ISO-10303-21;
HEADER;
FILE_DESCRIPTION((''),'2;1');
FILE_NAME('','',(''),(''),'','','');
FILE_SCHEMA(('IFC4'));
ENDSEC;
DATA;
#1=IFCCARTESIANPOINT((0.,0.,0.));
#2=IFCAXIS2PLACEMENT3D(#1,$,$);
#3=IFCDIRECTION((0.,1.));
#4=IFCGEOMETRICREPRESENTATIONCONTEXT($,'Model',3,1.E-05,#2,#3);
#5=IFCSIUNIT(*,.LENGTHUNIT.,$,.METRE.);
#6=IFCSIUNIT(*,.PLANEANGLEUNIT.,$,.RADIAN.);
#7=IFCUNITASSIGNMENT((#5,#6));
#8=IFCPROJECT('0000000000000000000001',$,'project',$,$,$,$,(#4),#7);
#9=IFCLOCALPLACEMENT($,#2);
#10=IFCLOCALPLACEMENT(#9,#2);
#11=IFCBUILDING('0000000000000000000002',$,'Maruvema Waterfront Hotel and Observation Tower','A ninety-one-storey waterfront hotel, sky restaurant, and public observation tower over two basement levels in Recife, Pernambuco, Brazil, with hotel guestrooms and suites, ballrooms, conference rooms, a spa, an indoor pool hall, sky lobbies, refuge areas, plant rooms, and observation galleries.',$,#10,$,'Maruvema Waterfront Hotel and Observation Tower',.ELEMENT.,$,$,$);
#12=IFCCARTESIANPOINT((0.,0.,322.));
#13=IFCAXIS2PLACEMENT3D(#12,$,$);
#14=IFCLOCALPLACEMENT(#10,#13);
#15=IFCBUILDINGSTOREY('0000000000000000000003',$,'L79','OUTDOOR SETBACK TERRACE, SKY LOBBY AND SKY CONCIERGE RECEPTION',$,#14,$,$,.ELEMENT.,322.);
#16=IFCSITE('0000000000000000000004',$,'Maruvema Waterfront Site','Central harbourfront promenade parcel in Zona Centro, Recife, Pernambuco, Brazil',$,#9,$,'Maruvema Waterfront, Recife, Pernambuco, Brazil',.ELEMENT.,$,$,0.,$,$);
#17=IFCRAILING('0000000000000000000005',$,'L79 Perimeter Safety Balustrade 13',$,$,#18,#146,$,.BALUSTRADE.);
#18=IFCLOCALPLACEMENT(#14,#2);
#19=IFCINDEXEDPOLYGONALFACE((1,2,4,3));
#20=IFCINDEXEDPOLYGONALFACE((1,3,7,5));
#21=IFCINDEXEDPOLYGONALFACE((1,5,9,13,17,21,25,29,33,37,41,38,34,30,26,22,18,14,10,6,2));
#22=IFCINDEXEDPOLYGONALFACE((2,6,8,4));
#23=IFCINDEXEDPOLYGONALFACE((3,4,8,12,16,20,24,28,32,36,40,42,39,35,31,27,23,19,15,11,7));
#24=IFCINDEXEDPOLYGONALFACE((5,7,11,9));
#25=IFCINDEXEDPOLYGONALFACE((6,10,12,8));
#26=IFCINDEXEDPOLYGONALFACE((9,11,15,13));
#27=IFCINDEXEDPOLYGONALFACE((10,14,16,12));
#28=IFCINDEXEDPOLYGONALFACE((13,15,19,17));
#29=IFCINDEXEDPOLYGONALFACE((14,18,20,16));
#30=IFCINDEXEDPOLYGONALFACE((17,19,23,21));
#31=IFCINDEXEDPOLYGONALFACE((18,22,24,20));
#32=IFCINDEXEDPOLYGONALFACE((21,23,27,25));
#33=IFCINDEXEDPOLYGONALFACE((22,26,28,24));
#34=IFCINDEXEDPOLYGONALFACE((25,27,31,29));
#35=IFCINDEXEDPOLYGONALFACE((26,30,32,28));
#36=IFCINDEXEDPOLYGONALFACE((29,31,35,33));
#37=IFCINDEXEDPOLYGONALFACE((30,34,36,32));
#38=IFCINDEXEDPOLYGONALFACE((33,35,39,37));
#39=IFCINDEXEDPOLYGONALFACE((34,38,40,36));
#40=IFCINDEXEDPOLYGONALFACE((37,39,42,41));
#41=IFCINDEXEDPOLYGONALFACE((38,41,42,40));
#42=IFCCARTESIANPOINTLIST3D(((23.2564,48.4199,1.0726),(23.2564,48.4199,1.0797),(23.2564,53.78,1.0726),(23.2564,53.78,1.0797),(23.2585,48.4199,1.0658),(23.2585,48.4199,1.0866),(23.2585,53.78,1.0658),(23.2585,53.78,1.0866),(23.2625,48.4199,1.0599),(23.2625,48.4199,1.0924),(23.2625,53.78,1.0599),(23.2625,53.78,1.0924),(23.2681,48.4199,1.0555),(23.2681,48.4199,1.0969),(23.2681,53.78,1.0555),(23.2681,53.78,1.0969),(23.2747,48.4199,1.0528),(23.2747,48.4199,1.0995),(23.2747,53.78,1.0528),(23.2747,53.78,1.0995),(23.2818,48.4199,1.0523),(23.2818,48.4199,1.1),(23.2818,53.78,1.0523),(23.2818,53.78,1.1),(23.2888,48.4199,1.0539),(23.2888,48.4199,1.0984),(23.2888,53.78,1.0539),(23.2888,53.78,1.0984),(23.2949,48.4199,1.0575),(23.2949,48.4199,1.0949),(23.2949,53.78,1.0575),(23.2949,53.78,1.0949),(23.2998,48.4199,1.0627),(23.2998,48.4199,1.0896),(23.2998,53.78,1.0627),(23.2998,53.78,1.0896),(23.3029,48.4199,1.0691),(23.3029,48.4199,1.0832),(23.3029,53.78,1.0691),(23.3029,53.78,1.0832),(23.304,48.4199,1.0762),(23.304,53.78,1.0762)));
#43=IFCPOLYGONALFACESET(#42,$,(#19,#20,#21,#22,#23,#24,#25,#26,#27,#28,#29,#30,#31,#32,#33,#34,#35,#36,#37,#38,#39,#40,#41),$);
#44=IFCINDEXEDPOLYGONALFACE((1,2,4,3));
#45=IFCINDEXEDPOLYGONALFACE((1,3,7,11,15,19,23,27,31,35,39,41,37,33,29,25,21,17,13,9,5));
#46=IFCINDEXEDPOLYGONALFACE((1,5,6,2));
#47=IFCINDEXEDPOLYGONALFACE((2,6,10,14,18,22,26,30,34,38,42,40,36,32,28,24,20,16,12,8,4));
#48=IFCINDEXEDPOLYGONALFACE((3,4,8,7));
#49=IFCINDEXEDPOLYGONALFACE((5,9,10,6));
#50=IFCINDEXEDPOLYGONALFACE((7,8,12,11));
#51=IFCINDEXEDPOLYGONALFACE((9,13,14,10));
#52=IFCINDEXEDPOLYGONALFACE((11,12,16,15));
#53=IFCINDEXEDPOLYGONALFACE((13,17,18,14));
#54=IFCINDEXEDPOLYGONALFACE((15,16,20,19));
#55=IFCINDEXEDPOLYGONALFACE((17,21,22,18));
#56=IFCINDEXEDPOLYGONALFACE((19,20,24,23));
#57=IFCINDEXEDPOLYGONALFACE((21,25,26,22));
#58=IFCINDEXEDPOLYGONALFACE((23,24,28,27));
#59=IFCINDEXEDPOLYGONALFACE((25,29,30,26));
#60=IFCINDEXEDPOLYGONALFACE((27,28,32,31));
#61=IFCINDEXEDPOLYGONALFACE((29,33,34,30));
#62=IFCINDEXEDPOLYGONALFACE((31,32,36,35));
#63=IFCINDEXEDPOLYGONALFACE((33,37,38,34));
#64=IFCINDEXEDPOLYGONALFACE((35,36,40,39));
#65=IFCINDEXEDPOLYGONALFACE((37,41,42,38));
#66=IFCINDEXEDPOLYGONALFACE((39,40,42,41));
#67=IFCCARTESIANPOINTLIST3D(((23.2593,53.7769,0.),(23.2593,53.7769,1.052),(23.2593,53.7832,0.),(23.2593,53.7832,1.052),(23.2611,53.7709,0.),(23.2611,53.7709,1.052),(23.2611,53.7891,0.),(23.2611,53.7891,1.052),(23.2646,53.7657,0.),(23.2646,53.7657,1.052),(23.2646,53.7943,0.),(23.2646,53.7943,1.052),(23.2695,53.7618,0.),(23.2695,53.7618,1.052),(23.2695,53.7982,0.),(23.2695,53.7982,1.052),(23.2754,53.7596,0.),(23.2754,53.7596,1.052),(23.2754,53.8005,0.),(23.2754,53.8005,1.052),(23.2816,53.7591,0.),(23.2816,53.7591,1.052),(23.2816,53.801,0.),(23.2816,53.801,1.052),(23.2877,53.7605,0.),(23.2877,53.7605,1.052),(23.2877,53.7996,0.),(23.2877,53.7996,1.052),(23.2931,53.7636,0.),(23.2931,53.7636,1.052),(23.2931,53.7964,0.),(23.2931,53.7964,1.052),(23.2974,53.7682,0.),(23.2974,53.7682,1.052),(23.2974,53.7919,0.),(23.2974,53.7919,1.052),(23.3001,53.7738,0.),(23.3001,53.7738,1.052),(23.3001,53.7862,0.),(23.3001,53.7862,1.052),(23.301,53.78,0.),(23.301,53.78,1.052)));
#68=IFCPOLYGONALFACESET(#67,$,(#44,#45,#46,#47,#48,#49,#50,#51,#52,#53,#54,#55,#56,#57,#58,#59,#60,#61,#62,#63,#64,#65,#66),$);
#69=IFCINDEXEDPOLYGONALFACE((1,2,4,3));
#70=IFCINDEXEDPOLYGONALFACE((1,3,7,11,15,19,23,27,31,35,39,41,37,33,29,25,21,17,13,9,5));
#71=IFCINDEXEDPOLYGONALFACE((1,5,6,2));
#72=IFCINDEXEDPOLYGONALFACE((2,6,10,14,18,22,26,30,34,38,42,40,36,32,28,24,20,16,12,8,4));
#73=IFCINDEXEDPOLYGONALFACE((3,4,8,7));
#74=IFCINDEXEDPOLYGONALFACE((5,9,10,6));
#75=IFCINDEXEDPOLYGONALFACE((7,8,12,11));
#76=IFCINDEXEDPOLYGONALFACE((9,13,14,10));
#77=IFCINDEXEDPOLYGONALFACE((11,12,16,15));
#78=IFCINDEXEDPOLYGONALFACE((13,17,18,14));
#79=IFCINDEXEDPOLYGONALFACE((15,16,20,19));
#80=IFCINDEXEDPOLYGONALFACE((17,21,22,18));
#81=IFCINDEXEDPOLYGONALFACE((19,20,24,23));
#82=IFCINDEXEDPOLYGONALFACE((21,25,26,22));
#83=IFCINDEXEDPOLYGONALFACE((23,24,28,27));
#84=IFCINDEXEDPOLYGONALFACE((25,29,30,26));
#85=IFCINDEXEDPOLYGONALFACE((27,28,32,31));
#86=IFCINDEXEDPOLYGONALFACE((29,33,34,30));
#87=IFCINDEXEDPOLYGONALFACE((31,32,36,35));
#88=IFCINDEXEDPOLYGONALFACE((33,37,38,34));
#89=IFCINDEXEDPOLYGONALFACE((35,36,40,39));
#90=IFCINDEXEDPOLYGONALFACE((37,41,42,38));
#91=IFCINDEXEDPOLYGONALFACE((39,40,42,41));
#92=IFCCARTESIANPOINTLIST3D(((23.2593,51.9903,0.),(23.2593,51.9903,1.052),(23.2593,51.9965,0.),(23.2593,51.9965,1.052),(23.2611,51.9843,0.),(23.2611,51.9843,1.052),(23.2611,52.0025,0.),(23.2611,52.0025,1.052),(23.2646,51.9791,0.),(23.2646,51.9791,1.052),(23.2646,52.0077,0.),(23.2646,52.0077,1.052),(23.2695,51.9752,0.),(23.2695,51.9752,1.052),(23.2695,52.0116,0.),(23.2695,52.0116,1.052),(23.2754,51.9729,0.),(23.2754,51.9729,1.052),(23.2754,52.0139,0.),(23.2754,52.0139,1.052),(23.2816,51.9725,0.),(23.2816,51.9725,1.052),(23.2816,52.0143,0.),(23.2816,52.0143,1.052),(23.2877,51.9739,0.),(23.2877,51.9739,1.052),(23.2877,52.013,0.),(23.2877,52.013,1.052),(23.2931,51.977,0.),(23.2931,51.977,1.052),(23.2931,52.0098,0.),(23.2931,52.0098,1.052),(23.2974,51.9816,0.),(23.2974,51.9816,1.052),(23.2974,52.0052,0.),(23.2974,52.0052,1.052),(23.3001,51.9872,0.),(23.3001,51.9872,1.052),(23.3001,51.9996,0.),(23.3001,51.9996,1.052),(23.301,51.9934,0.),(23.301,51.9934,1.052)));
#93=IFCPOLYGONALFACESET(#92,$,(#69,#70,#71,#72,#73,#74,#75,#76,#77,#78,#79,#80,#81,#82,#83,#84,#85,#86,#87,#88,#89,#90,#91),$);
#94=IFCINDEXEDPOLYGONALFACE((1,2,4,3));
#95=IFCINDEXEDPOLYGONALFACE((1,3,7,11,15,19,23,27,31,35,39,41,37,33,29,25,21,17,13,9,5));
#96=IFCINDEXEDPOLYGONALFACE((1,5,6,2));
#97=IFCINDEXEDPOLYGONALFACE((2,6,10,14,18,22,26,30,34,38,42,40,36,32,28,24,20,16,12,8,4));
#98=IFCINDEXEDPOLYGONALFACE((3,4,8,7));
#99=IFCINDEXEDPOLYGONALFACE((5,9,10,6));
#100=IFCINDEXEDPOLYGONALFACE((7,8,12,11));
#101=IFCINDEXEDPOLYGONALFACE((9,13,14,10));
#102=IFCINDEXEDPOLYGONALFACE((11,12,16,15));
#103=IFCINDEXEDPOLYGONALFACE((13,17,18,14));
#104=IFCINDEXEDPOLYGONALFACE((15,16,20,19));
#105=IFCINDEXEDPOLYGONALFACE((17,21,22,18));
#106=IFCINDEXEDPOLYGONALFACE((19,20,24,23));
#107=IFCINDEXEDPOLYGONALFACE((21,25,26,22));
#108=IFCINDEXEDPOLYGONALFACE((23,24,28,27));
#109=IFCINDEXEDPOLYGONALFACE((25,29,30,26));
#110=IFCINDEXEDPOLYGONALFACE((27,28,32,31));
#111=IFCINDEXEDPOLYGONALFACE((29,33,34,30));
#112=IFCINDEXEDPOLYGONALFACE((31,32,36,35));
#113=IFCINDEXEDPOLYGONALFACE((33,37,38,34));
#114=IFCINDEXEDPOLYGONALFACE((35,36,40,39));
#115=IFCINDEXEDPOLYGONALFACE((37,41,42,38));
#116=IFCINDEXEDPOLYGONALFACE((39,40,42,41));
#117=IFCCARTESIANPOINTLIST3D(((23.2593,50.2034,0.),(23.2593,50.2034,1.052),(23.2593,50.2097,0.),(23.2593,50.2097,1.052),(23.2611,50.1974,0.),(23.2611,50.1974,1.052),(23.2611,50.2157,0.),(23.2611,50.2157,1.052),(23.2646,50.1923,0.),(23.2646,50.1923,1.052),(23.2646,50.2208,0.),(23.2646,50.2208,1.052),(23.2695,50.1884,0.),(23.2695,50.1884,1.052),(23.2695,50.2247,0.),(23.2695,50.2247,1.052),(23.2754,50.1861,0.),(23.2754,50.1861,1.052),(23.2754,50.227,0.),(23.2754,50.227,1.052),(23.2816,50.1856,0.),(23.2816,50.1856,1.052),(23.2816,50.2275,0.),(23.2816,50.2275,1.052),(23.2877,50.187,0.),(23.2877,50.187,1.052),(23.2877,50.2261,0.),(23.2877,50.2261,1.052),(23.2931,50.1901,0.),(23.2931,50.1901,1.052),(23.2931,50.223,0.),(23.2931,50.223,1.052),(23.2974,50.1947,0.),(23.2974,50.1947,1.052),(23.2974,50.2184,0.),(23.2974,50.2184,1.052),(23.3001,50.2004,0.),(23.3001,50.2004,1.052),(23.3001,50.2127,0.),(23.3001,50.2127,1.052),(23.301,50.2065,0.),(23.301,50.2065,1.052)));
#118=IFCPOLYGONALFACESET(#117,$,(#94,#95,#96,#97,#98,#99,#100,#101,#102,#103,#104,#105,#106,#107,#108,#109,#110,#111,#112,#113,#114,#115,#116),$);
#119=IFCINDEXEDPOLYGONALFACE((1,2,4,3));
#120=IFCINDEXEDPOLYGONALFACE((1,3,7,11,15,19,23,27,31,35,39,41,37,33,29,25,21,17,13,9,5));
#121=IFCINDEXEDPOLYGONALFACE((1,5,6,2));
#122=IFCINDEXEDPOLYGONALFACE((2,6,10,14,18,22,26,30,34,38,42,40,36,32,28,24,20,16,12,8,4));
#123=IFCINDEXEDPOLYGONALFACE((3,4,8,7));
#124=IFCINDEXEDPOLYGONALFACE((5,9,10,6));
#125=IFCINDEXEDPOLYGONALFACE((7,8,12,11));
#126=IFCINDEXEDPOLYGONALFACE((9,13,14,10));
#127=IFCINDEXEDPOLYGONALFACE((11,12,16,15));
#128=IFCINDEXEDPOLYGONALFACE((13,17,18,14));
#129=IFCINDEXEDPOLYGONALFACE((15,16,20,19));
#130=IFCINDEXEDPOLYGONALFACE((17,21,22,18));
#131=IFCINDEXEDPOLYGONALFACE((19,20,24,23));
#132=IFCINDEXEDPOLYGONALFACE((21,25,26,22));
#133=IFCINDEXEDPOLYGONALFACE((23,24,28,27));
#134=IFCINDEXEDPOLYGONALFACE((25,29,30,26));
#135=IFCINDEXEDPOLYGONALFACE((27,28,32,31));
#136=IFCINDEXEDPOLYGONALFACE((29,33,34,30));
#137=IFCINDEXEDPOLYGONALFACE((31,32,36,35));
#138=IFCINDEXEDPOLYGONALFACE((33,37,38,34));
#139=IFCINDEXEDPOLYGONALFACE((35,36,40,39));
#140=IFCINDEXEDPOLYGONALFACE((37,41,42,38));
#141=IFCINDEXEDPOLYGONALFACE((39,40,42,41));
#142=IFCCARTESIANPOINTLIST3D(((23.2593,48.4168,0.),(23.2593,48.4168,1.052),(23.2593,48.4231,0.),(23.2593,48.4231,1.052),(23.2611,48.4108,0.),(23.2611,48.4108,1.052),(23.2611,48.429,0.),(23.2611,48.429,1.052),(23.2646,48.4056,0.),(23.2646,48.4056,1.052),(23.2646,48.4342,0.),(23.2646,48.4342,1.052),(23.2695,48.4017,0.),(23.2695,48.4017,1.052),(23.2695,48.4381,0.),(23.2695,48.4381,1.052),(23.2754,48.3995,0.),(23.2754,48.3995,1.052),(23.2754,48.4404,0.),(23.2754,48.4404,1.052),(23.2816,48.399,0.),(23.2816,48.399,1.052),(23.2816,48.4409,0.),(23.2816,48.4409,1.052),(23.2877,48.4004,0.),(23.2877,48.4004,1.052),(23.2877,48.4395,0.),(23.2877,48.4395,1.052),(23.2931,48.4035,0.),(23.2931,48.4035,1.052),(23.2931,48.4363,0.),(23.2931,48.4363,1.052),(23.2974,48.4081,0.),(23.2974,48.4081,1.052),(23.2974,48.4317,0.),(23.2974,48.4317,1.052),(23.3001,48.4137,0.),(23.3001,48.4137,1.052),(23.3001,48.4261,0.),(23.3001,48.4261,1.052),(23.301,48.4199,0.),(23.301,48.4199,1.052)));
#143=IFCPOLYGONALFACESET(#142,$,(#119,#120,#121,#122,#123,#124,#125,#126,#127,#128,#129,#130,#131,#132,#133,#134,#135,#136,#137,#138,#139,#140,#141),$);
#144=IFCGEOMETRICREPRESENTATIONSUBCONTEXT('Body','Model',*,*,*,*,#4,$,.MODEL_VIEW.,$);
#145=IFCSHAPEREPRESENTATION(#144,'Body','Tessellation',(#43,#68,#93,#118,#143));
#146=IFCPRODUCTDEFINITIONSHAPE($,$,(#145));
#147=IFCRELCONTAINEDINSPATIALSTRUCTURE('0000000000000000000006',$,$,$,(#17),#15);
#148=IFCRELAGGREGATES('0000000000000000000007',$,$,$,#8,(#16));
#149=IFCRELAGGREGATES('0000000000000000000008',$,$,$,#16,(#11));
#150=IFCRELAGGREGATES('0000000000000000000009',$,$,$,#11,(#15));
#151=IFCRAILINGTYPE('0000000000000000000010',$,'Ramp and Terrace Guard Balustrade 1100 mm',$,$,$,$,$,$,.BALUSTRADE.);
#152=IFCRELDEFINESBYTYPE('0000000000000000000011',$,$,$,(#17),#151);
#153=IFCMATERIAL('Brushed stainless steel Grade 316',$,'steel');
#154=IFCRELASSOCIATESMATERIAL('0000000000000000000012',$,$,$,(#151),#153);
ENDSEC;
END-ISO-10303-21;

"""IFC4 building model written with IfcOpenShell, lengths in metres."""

from ifc_helpers import new_model, si_unit, direction, frame, origin, origin_2d, place, context, subcontext, project, spatial, circle, extrude, material, type_object, element, save


model = new_model("IFC4")

# Units and contexts
model_context = context("Model", 3, precision=1e-05, world=origin(), true_north=direction((0.0, 1.0)))
body_context = subcontext(model_context, "Body", "Model", "MODEL_VIEW")
ifc_project = project(units=[si_unit("LENGTHUNIT", "METRE"), si_unit("PLANEANGLEUNIT", "RADIAN")], contexts=[model_context])

# Site, building, storey
site_placement = place(None, origin())
site = spatial("IfcSite", under=ifc_project, at=site_placement, Name="Maruvema Waterfront Site", Description="Central harbourfront promenade parcel in Zona Centro, Recife, Pernambuco, Brazil", LongName="Maruvema Waterfront, Recife, Pernambuco, Brazil", CompositionType="ELEMENT", RefElevation=0.0)
building_placement = place(site_placement, origin())
building = spatial("IfcBuilding", under=site, at=building_placement, Name="Maruvema Waterfront Hotel and Observation Tower", Description="A ninety-one-storey waterfront hotel, sky restaurant, and public observation tower over two basement levels in Recife, Pernambuco, Brazil, with hotel guestrooms and suites, ballrooms, conference rooms, a spa, an indoor pool hall, sky lobbies, refuge areas, plant rooms, and observation galleries.", LongName="Maruvema Waterfront Hotel and Observation Tower", CompositionType="ELEMENT")
storey_placement = place(building_placement, frame((0.0, 0.0, 322.0)))
storey = spatial("IfcBuildingStorey", under=building, at=storey_placement, Name="L79", Description="OUTDOOR SETBACK TERRACE, SKY LOBBY AND SKY CONCIERGE RECEPTION", CompositionType="ELEMENT", Elevation=322.0)

# Railing
ifc_material_1 = material(Name="Brushed stainless steel Grade 316", Category="steel")
railing_type = type_object("IfcRailingType", Name="Ramp and Terrace Guard Balustrade 1100 mm", PredefinedType="BALUSTRADE", material=ifc_material_1)
railing_1_placement = place(storey_placement, frame((23.28, 53.78, 0.0)))
element("IfcRailing", 1, at=railing_1_placement, inside=storey, type_object=railing_type, Name="L79 Perimeter Safety Balustrade 13", PredefinedType="BALUSTRADE", context=body_context, shape_type="SweptSolid", body=[
    extrude(circle(Radius=0.0239, at=origin_2d()), frame((0.0, 0.0, 1.0762), z_axis=(0.0, -1.0, 0.0), x_axis=(1.0, 0.0, 0.0)), (0.0, 0.0, 1.0), 5.3601),
    extrude(circle(Radius=0.021, at=origin_2d()), origin(), (0.0, 0.0, 1.0), 1.052),
    extrude(circle(Radius=0.021, at=origin_2d()), frame((0.0, -1.7866, 0.0)), (0.0, 0.0, 1.0), 1.052),
    extrude(circle(Radius=0.021, at=origin_2d()), frame((0.0, -3.5735, 0.0)), (0.0, 0.0, 1.0), 1.052),
    extrude(circle(Radius=0.021, at=origin_2d()), frame((0.0, -5.3601, 0.0)), (0.0, 0.0, 1.0), 1.052),
])

save(model, "model.ifc")
